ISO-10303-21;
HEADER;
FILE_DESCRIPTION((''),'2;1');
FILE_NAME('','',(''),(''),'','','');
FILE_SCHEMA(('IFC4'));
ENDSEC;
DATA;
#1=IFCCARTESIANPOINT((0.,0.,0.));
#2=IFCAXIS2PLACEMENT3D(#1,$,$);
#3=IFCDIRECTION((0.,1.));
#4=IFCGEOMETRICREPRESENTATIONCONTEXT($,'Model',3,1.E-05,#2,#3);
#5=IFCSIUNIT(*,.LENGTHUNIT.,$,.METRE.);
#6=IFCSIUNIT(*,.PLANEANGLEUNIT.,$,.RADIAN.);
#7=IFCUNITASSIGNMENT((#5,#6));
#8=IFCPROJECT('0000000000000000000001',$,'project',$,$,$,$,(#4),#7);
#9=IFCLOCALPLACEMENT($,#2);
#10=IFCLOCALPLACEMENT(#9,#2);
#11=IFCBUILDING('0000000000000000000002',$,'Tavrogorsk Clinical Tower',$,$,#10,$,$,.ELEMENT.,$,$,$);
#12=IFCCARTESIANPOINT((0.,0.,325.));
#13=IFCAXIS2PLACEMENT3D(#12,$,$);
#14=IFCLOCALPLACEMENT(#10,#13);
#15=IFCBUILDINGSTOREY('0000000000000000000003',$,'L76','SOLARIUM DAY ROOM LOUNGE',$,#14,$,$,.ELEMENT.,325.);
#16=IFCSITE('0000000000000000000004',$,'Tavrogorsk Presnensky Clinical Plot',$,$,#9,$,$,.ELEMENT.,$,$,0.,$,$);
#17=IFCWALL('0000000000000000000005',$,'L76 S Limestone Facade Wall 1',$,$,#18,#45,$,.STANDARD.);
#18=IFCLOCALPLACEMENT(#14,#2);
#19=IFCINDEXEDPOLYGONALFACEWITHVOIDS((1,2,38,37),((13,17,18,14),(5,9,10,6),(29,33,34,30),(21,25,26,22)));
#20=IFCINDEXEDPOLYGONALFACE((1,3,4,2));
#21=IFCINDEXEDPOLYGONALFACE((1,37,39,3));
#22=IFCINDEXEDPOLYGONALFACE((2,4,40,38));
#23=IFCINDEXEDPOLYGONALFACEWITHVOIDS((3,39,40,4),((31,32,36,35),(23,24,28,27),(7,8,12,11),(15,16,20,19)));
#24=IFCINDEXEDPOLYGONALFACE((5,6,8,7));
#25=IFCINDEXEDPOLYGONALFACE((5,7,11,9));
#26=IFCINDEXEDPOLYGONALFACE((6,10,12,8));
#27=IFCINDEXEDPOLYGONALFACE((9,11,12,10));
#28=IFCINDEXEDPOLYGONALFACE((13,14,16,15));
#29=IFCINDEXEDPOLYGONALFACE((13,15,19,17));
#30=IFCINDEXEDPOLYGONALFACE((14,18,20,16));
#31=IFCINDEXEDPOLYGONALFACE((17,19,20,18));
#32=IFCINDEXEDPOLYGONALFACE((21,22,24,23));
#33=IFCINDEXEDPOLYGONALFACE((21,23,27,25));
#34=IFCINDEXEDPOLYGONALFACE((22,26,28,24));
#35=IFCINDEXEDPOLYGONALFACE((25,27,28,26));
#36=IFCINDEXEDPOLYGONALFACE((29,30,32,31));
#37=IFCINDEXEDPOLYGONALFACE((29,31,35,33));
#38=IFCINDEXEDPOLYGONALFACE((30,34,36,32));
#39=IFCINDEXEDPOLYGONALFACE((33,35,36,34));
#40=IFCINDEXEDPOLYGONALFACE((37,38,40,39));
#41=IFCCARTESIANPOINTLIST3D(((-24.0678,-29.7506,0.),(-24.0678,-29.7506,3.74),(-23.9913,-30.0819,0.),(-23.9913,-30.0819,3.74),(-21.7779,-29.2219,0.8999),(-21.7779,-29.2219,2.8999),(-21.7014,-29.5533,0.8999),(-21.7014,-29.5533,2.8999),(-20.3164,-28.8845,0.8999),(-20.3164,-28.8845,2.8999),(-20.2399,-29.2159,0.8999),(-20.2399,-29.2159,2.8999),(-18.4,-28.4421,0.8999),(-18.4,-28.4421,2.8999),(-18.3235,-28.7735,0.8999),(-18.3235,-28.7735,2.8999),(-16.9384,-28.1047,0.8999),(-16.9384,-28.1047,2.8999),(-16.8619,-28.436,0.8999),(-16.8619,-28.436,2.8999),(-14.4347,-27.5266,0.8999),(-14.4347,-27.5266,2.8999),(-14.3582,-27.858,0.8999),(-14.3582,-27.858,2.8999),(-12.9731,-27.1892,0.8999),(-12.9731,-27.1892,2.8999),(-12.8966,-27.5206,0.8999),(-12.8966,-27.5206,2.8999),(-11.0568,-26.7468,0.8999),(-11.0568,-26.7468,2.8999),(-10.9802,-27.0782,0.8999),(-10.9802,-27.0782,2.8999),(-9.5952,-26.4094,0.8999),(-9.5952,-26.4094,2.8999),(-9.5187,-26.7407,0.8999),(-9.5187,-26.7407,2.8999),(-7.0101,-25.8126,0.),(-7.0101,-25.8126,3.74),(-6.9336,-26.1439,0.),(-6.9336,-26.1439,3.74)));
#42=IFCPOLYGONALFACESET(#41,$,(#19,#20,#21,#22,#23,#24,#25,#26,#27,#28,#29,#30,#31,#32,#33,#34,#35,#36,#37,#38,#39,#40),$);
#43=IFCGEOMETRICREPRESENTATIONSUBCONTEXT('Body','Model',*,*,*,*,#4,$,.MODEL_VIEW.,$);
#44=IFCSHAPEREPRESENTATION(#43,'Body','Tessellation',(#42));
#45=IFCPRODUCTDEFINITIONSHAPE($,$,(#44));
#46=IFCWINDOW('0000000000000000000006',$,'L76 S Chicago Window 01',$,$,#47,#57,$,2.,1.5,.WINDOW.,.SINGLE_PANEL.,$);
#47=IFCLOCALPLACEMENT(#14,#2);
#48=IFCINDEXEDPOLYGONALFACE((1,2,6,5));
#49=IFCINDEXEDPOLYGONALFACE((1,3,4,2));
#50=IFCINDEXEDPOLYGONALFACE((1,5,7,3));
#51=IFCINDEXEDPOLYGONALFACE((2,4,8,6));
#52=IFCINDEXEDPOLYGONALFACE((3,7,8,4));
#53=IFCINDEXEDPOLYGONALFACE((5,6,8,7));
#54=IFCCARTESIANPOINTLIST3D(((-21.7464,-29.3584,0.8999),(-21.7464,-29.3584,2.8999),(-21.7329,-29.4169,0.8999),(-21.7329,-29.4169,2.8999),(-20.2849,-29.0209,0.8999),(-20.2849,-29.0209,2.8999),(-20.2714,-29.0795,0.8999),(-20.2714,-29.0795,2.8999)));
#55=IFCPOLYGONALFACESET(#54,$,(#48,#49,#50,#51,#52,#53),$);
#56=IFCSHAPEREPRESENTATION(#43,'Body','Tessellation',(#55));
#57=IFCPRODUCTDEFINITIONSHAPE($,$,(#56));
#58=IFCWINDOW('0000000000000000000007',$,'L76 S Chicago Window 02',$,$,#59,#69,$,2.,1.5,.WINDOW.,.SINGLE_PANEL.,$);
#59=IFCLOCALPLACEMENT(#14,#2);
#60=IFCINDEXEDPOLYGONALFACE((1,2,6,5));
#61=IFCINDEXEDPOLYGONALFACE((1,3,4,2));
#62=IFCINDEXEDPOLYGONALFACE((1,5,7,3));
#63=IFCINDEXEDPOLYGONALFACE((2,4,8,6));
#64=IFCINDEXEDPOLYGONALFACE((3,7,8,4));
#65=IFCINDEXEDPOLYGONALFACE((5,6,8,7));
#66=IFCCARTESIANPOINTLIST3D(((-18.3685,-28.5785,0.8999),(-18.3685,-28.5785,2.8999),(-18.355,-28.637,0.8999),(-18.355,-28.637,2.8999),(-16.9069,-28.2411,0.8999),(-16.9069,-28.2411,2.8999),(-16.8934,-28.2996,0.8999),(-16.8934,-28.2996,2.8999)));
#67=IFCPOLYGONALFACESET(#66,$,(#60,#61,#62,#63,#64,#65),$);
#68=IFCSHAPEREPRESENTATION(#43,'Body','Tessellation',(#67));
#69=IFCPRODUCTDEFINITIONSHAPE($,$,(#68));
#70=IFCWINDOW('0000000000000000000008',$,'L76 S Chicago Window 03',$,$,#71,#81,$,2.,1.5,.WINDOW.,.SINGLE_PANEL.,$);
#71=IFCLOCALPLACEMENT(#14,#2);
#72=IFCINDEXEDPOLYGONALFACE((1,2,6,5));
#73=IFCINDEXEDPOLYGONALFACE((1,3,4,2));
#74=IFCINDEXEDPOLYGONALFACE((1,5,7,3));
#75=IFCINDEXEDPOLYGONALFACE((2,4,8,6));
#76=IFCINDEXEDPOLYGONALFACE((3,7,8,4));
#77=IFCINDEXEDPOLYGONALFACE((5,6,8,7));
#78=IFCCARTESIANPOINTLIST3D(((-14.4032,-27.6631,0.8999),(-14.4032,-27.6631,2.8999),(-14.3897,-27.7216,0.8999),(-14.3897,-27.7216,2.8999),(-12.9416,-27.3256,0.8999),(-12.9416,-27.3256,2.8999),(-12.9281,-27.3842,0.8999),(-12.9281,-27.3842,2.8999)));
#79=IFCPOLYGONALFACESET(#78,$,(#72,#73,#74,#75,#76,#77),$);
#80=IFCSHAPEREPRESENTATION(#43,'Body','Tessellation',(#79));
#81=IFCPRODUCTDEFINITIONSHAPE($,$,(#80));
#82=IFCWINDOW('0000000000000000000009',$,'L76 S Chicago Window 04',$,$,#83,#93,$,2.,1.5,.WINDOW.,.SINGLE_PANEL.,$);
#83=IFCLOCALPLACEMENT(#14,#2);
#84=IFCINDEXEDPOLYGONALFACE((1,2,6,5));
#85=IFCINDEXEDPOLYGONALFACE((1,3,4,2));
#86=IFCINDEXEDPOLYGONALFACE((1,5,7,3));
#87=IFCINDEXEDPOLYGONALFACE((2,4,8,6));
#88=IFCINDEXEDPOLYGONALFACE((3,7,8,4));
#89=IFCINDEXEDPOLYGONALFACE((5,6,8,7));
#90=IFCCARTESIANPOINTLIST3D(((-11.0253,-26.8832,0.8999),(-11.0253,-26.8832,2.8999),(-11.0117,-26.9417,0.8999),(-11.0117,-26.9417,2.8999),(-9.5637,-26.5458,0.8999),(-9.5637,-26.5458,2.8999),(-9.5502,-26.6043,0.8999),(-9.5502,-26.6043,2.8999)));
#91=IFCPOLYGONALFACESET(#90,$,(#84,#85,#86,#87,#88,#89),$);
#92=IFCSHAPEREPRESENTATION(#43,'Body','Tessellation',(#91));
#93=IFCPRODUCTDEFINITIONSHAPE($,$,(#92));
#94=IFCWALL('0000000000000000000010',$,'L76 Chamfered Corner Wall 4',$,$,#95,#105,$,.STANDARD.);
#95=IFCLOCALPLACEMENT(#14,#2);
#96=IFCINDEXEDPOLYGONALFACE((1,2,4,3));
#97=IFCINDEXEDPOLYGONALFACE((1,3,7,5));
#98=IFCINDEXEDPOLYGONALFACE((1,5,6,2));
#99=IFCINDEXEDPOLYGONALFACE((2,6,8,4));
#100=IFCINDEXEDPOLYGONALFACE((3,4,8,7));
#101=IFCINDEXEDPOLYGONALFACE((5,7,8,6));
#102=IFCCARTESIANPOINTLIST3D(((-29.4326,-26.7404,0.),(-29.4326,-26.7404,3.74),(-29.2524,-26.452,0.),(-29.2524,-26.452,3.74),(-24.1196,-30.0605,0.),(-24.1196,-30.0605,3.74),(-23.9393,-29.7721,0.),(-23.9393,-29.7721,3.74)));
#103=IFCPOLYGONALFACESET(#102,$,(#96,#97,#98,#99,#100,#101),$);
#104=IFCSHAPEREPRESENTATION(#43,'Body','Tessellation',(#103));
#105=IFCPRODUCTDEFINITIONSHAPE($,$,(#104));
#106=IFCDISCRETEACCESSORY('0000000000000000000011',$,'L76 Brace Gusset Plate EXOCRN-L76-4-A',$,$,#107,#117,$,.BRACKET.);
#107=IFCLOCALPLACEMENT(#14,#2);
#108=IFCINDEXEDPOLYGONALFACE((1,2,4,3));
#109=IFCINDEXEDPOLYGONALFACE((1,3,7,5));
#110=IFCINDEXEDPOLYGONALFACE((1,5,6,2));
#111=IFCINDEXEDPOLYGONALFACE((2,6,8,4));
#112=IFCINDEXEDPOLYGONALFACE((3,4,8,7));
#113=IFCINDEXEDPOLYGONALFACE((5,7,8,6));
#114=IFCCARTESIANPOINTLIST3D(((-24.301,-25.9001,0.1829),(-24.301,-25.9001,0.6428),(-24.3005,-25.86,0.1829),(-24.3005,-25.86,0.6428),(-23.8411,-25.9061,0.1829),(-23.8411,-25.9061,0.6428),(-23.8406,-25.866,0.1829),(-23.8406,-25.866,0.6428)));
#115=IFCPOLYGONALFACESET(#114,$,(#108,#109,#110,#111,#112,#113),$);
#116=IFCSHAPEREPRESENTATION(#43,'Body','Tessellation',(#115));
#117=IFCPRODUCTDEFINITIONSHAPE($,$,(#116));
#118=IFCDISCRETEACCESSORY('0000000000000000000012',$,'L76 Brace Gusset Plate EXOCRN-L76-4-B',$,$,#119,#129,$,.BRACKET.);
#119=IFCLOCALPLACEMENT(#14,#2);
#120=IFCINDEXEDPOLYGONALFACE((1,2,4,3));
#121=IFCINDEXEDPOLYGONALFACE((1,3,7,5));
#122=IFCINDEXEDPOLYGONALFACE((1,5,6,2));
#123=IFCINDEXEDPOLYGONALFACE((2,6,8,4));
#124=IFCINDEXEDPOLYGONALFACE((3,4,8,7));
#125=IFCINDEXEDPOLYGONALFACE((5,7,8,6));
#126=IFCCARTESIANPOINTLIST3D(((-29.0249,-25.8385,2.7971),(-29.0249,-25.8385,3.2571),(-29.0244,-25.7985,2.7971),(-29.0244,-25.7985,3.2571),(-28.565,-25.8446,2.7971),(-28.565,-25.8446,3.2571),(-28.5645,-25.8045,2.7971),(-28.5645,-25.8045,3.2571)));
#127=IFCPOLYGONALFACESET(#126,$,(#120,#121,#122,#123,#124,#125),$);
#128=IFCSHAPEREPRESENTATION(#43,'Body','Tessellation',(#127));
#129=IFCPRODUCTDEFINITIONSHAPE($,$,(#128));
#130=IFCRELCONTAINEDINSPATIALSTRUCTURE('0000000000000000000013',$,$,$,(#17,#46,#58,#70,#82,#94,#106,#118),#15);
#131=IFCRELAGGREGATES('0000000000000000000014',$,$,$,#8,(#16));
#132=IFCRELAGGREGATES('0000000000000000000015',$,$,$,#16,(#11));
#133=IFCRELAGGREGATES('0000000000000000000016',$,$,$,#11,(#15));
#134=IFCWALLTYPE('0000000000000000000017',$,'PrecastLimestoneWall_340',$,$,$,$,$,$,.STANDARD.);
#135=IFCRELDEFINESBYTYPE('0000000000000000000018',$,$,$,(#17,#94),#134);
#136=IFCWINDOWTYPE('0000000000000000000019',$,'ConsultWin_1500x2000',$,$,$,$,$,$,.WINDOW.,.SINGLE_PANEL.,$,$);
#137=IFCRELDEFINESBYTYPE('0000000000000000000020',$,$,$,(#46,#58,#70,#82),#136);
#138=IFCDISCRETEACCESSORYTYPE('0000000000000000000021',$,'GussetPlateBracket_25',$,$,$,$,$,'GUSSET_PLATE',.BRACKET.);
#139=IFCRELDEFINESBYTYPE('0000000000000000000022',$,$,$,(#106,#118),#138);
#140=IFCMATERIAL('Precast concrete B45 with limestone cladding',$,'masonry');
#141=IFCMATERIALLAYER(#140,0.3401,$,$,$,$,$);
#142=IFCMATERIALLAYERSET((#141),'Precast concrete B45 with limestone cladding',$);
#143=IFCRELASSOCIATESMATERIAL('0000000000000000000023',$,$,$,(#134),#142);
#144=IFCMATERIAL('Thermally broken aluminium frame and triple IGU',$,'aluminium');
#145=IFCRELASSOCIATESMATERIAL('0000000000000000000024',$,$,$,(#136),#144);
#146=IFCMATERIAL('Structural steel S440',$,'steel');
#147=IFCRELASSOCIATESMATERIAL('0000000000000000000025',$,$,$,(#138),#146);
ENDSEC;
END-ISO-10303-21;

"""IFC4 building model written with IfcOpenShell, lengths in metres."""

from ifc_helpers import new_model, si_unit, direction, frame, frame_2d, origin, origin_2d, place, context, subcontext, project, spatial, rectangle, extrude, material, layer, layer_set, type_object, element, fill, save


model = new_model("IFC4")

# Units and contexts
model_context = context("Model", 3, precision=1e-05, world=origin(), true_north=direction((0.0, 1.0)))
body_context = subcontext(model_context, "Body", "Model", "MODEL_VIEW")
ifc_project = project(units=[si_unit("LENGTHUNIT", "METRE"), si_unit("PLANEANGLEUNIT", "RADIAN")], contexts=[model_context])

# Site, building, storey
site_placement = place(None, origin())
site = spatial("IfcSite", under=ifc_project, at=site_placement, Name="Tavrogorsk Presnensky Clinical Plot", CompositionType="ELEMENT", RefElevation=0.0)
building_placement = place(site_placement, origin())
building = spatial("IfcBuilding", under=site, at=building_placement, Name="Tavrogorsk Clinical Tower", CompositionType="ELEMENT")
storey_placement = place(building_placement, frame((0.0, 0.0, 325.0)))
storey = spatial("IfcBuildingStorey", under=building, at=storey_placement, Name="L76", Description="SOLARIUM DAY ROOM LOUNGE", CompositionType="ELEMENT", Elevation=325.0)

# Wall, openings, windows
ifc_material_1 = material(Name="Precast concrete B45 with limestone cladding", Category="masonry")
ifc_layer_1 = layer(ifc_material_1, 0.3401)
ifc_layer_set_1 = layer_set([ifc_layer_1], Name="Precast concrete B45 with limestone cladding")
wall_type_1 = type_object("IfcWallType", Name="PrecastLimestoneWall_340", PredefinedType="STANDARD", material=ifc_layer_set_1)
wall_1_placement = place(storey_placement, frame((-24.0295, -29.9163, 0.0), z_axis=(0.0, 0.0, 1.0), x_axis=(0.974371, 0.224947, 0.0)))
wall_1 = element("IfcWall", 1, at=wall_1_placement, inside=storey, type_object=wall_type_1, Name="L76 S Limestone Facade Wall 1", PredefinedType="STANDARD", context=body_context, shape_type="SweptSolid", body=[
    extrude(rectangle(XDim=17.5063, YDim=0.3401, at=frame_2d((8.7532, 0.0))), origin(), (0.0, 0.0, 1.0), 3.74),
])
opening_1_placement = place(wall_1_placement, frame((2.3501, 0.0, 0.8999)))
opening_1 = element("IfcOpeningElement", 2, at=opening_1_placement, cuts=wall_1, PredefinedType="OPENING", context=body_context, shape_type="SweptSolid", body=[
    extrude(rectangle(XDim=1.5, YDim=2.0, at=frame_2d((0.75, 1.0))), frame((0.0, 0.1799, 0.0), z_axis=(0.0, -1.0, 0.0), x_axis=(1.0, 0.0, 0.0)), (0.0, 0.0, 1.0), 0.3601),
])
opening_2_placement = place(wall_1_placement, frame((5.8169, 0.0, 0.8999)))
opening_2 = element("IfcOpeningElement", 3, at=opening_2_placement, cuts=wall_1, PredefinedType="OPENING", context=body_context, shape_type="SweptSolid", body=[
    extrude(rectangle(XDim=1.5, YDim=2.0, at=frame_2d((0.75, 1.0))), frame((0.0, 0.1799, 0.0), z_axis=(0.0, -1.0, 0.0), x_axis=(1.0, 0.0, 0.0)), (0.0, 0.0, 1.0), 0.3601),
])
opening_3_placement = place(wall_1_placement, frame((9.8865, 0.0, 0.8999)))
opening_3 = element("IfcOpeningElement", 4, at=opening_3_placement, cuts=wall_1, PredefinedType="OPENING", context=body_context, shape_type="SweptSolid", body=[
    extrude(rectangle(XDim=1.5, YDim=2.0, at=frame_2d((0.75, 1.0))), frame((0.0, 0.1799, 0.0), z_axis=(0.0, -1.0, 0.0), x_axis=(1.0, 0.0, 0.0)), (0.0, 0.0, 1.0), 0.3601),
])
opening_4_placement = place(wall_1_placement, frame((13.3533, 0.0, 0.8999)))
opening_4 = element("IfcOpeningElement", 5, at=opening_4_placement, cuts=wall_1, PredefinedType="OPENING", context=body_context, shape_type="SweptSolid", body=[
    extrude(rectangle(XDim=1.5, YDim=2.0, at=frame_2d((0.75, 1.0))), frame((0.0, 0.1799, 0.0), z_axis=(0.0, -1.0, 0.0), x_axis=(1.0, 0.0, 0.0)), (0.0, 0.0, 1.0), 0.3601),
])
ifc_material_2 = material(Name="Thermally broken aluminium frame and triple IGU", Category="aluminium")
window_type = type_object("IfcWindowType", Name="ConsultWin_1500x2000", PartitioningType="SINGLE_PANEL", PredefinedType="WINDOW", material=ifc_material_2)
window_1_placement = place(opening_1_placement, origin())
window_1 = element("IfcWindow", 6, at=window_1_placement, inside=storey, type_object=window_type, Name="L76 S Chicago Window 01", OverallHeight=2.0, OverallWidth=1.5, PartitioningType="SINGLE_PANEL", PredefinedType="WINDOW", context=body_context, shape_type="SweptSolid", body=[
    extrude(rectangle(XDim=1.5, YDim=2.0, at=frame_2d((0.75, 1.0))), frame((0.0, 0.03, 0.0), z_axis=(0.0, -1.0, 0.0), x_axis=(1.0, 0.0, 0.0)), (0.0, 0.0, 1.0), 0.0601),
])
fill(opening_1, window_1)
window_2_placement = place(opening_2_placement, origin())
window_2 = element("IfcWindow", 7, at=window_2_placement, inside=storey, type_object=window_type, Name="L76 S Chicago Window 02", OverallHeight=2.0, OverallWidth=1.5, PartitioningType="SINGLE_PANEL", PredefinedType="WINDOW", context=body_context, shape_type="SweptSolid", body=[
    extrude(rectangle(XDim=1.5, YDim=2.0, at=frame_2d((0.75, 1.0))), frame((0.0, 0.03, 0.0), z_axis=(0.0, -1.0, 0.0), x_axis=(1.0, 0.0, 0.0)), (0.0, 0.0, 1.0), 0.0601),
])
fill(opening_2, window_2)
window_3_placement = place(opening_3_placement, origin())
window_3 = element("IfcWindow", 8, at=window_3_placement, inside=storey, type_object=window_type, Name="L76 S Chicago Window 03", OverallHeight=2.0, OverallWidth=1.5, PartitioningType="SINGLE_PANEL", PredefinedType="WINDOW", context=body_context, shape_type="SweptSolid", body=[
    extrude(rectangle(XDim=1.5, YDim=2.0, at=frame_2d((0.75, 1.0))), frame((0.0, 0.03, 0.0), z_axis=(0.0, -1.0, 0.0), x_axis=(1.0, 0.0, 0.0)), (0.0, 0.0, 1.0), 0.0601),
])
fill(opening_3, window_3)
window_4_placement = place(opening_4_placement, origin())
window_4 = element("IfcWindow", 9, at=window_4_placement, inside=storey, type_object=window_type, Name="L76 S Chicago Window 04", OverallHeight=2.0, OverallWidth=1.5, PartitioningType="SINGLE_PANEL", PredefinedType="WINDOW", context=body_context, shape_type="SweptSolid", body=[
    extrude(rectangle(XDim=1.5, YDim=2.0, at=frame_2d((0.75, 1.0))), frame((0.0, 0.03, 0.0), z_axis=(0.0, -1.0, 0.0), x_axis=(1.0, 0.0, 0.0)), (0.0, 0.0, 1.0), 0.0601),
])
fill(opening_4, window_4)

# Wall
wall_2_placement = place(storey_placement, frame((-29.3425, -26.5962, 0.0), z_axis=(0.0, 0.0, 1.0), x_axis=(0.848038, -0.529936, 0.0)))
element("IfcWall", 10, at=wall_2_placement, inside=storey, type_object=wall_type_1, Name="L76 Chamfered Corner Wall 4", PredefinedType="STANDARD", context=body_context, shape_type="SweptSolid", body=[
    extrude(rectangle(XDim=6.2651, YDim=0.3401, at=frame_2d((3.1326, 0.0))), origin(), (0.0, 0.0, 1.0), 3.74),
])

# Discrete accessories
ifc_material_3 = material(Name="Structural steel S440", Category="steel")
discrete_accessory_type = type_object("IfcDiscreteAccessoryType", Name="GussetPlateBracket_25", ElementType="GUSSET_PLATE", PredefinedType="BRACKET", material=ifc_material_3)
for number, where, z_axis, x_axis, name in (
    (11, (-24.0708, -25.8831, 0.1829), (0.0, 0.0, 1.0), (-0.999914, 0.01309, 0.0), "L76 Brace Gusset Plate EXOCRN-L76-4-A"),
    (12, (-28.7947, -25.8215, 2.7971), (0.0, 0.0, 1.0), (-0.999914, 0.01309, 0.0), "L76 Brace Gusset Plate EXOCRN-L76-4-B"),
):
    element("IfcDiscreteAccessory", number, at=place(storey_placement, frame(where, z_axis=z_axis, x_axis=x_axis)), inside=storey, type_object=discrete_accessory_type, Name=name, PredefinedType="BRACKET", context=body_context, shape_type="SweptSolid", body=[
        extrude(rectangle(XDim=0.46, YDim=0.04, at=origin_2d()), origin(), (0.0, 0.0, 1.0), 0.46),
    ])

save(model, "model.ifc")
